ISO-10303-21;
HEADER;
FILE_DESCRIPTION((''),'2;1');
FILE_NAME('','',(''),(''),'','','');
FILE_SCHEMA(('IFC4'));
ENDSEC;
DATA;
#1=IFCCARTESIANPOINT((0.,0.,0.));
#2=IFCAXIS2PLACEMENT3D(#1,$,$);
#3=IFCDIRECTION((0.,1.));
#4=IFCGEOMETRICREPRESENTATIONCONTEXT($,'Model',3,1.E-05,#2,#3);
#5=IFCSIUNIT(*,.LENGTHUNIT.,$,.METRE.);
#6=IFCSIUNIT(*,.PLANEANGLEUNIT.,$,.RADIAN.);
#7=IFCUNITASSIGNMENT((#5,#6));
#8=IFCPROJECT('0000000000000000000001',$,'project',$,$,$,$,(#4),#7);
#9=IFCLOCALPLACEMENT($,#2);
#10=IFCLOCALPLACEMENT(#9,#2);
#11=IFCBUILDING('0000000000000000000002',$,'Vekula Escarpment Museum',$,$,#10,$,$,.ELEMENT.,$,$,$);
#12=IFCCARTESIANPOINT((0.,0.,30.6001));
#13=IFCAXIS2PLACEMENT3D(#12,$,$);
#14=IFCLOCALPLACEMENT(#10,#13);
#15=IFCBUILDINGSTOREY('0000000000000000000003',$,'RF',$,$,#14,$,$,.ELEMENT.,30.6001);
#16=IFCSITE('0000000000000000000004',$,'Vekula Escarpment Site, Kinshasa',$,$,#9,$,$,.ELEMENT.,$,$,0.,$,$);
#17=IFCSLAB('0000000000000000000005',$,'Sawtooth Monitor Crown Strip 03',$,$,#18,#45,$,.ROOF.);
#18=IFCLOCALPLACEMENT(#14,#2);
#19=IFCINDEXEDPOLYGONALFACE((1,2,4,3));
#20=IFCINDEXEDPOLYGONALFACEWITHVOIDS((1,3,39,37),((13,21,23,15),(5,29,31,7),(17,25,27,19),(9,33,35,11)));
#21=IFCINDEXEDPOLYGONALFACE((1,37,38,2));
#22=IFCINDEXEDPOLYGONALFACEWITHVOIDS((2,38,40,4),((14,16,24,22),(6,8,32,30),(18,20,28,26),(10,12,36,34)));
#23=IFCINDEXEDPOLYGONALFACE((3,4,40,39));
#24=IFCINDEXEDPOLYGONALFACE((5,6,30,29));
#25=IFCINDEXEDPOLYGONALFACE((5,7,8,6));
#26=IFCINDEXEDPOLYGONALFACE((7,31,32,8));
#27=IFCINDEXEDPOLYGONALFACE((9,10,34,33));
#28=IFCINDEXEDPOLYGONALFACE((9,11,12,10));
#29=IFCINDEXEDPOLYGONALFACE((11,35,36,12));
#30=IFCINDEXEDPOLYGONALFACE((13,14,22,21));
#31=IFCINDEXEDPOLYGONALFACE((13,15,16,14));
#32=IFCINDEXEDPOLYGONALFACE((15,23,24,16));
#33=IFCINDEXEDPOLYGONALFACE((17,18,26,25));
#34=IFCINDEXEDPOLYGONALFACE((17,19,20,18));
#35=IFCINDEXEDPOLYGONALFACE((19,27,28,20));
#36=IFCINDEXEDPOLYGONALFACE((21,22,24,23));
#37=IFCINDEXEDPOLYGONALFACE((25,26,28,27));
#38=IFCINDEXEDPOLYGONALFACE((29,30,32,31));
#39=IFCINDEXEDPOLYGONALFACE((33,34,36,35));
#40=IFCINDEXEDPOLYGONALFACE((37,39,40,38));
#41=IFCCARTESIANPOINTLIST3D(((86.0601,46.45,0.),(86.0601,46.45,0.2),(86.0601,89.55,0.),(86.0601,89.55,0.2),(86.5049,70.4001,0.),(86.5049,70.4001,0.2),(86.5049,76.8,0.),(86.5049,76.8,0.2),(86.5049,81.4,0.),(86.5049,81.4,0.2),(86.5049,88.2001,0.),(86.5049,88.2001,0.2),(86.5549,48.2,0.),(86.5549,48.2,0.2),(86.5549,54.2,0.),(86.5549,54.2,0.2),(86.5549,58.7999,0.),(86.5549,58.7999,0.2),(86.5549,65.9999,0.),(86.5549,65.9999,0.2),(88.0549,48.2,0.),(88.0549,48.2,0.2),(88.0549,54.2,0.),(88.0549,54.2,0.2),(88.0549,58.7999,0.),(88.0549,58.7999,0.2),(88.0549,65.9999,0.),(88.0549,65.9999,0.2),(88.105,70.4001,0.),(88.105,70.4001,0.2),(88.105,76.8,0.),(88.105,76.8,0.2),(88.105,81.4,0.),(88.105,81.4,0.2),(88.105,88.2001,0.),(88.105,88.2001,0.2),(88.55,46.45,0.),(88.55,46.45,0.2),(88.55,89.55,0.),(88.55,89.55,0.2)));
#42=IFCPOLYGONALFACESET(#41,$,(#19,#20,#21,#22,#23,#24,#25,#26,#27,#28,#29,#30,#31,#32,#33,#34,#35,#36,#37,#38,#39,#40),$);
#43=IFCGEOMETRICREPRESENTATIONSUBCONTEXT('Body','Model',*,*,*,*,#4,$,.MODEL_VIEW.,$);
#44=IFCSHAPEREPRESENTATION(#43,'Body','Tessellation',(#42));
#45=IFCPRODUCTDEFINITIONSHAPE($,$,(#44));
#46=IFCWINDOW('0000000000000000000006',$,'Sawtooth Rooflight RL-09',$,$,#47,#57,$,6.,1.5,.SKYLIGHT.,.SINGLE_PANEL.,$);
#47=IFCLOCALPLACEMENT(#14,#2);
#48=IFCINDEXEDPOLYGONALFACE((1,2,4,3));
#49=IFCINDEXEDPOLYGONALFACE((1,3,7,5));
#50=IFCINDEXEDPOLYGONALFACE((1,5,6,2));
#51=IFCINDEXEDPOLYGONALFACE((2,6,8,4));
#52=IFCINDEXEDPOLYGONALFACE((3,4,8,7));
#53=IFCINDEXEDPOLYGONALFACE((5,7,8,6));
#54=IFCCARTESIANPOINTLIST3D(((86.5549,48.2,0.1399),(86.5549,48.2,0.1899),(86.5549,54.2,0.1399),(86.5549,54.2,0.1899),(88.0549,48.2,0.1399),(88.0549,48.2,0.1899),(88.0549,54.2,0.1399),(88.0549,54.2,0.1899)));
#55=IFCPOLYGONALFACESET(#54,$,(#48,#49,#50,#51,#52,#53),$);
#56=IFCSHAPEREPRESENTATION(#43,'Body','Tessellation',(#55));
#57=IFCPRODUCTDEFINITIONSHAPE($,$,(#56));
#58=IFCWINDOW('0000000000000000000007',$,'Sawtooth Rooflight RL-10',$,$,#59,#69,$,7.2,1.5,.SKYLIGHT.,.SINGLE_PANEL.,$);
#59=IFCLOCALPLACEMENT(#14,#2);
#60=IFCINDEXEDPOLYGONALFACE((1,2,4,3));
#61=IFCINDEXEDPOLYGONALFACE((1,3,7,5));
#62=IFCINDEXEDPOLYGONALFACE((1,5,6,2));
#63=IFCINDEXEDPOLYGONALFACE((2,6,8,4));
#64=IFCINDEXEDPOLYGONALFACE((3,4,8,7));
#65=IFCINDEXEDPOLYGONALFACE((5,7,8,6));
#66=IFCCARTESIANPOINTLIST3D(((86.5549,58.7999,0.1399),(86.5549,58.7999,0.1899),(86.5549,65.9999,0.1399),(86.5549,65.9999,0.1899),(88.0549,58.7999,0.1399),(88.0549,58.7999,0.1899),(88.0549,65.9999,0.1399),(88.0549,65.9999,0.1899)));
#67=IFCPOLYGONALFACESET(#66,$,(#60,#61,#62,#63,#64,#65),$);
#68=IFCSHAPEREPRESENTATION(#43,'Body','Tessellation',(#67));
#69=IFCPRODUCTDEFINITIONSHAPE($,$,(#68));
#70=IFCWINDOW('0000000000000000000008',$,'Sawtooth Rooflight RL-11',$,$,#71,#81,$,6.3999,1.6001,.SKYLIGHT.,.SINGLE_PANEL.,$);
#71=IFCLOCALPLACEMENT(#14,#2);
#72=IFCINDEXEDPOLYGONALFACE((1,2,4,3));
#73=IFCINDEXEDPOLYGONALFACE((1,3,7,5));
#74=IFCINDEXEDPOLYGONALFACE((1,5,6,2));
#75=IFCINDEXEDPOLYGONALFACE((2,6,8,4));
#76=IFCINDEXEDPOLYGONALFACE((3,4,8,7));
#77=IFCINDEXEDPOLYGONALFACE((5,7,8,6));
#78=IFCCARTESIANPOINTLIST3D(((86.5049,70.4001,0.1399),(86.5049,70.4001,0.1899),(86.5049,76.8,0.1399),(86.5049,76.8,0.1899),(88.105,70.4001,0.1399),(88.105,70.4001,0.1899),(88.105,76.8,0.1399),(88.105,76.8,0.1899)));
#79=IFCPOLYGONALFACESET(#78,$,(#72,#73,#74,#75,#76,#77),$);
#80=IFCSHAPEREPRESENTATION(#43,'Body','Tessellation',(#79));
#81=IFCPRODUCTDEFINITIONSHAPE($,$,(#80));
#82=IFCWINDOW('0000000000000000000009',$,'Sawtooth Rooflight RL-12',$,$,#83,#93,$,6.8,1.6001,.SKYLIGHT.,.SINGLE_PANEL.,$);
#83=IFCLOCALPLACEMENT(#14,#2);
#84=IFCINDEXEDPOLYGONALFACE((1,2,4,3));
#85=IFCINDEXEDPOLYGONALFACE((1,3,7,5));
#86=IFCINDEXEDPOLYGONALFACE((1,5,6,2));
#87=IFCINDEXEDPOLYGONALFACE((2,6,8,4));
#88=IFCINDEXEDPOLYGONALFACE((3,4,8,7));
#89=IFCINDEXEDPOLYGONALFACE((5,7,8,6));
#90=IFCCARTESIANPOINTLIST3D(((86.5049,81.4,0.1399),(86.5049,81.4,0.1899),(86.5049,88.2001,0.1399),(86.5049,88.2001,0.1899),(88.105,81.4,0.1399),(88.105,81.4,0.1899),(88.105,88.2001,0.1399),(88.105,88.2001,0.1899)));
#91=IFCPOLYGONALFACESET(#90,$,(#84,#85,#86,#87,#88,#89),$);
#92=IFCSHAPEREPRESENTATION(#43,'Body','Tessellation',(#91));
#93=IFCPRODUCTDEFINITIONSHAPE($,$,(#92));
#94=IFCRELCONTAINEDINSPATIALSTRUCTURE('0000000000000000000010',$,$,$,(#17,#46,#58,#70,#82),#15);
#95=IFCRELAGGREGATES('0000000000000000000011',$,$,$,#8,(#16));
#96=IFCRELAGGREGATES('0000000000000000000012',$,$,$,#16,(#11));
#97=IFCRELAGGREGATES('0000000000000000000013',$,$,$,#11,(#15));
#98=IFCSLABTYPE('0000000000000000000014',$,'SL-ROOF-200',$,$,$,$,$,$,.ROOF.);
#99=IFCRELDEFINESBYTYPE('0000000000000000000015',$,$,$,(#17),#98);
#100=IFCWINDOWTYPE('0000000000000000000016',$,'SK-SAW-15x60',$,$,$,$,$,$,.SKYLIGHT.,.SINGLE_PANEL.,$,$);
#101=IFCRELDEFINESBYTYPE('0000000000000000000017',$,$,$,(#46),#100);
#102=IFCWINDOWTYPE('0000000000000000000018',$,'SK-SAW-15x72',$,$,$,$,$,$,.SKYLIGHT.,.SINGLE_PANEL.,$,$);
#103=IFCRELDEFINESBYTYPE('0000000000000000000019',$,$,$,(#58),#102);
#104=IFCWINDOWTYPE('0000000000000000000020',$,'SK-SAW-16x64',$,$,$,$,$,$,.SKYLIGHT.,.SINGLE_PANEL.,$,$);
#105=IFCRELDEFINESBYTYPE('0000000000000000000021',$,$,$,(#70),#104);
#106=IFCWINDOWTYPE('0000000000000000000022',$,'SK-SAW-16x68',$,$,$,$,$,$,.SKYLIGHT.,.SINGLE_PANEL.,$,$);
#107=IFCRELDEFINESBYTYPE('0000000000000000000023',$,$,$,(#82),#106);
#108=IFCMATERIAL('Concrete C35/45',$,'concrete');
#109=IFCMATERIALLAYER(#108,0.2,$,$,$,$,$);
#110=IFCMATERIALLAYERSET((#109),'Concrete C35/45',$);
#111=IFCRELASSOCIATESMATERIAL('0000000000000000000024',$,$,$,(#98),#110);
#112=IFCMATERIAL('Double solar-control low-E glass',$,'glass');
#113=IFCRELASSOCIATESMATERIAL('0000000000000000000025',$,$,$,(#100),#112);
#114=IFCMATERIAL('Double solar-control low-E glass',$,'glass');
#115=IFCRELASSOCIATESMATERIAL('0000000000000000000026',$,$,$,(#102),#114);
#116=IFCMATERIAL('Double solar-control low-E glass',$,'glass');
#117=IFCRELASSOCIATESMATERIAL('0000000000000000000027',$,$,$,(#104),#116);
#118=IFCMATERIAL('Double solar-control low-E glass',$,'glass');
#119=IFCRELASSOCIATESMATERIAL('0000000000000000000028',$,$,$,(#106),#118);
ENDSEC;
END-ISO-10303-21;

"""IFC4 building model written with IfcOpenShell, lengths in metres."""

from ifc_helpers import new_model, si_unit, direction, frame, origin, origin_2d, place, context, subcontext, project, spatial, polyline, rectangle, outline, extrude, material, layer, layer_set, type_object, element, fill, save


model = new_model("IFC4")

# Units and contexts
model_context = context("Model", 3, precision=1e-05, world=origin(), true_north=direction((0.0, 1.0)))
body_context = subcontext(model_context, "Body", "Model", "MODEL_VIEW")
ifc_project = project(units=[si_unit("LENGTHUNIT", "METRE"), si_unit("PLANEANGLEUNIT", "RADIAN")], contexts=[model_context])

# Site, building, storey
site_placement = place(None, origin())
site = spatial("IfcSite", under=ifc_project, at=site_placement, Name="Vekula Escarpment Site, Kinshasa", CompositionType="ELEMENT", RefElevation=0.0)
building_placement = place(site_placement, origin())
building = spatial("IfcBuilding", under=site, at=building_placement, Name="Vekula Escarpment Museum", CompositionType="ELEMENT")
storey_placement = place(building_placement, frame((0.0, 0.0, 30.6001)))
storey = spatial("IfcBuildingStorey", under=building, at=storey_placement, Name="RF", CompositionType="ELEMENT", Elevation=30.6001)

# Slab, openings, windows
ifc_material_1 = material(Name="Concrete C35/45", Category="concrete")
ifc_layer = layer(ifc_material_1, 0.2)
ifc_layer_set = layer_set([ifc_layer], Name="Concrete C35/45")
slab_type = type_object("IfcSlabType", Name="SL-ROOF-200", PredefinedType="ROOF", material=ifc_layer_set)
ifc_material_2 = material(Name="Double solar-control low-E glass", Category="glass")
window_type_1 = type_object("IfcWindowType", Name="SK-SAW-15x60", PartitioningType="SINGLE_PANEL", PredefinedType="SKYLIGHT", material=ifc_material_2)
ifc_material_3 = material(Name="Double solar-control low-E glass", Category="glass")
window_type_2 = type_object("IfcWindowType", Name="SK-SAW-15x72", PartitioningType="SINGLE_PANEL", PredefinedType="SKYLIGHT", material=ifc_material_3)
ifc_material_4 = material(Name="Double solar-control low-E glass", Category="glass")
window_type_3 = type_object("IfcWindowType", Name="SK-SAW-16x64", PartitioningType="SINGLE_PANEL", PredefinedType="SKYLIGHT", material=ifc_material_4)
ifc_material_5 = material(Name="Double solar-control low-E glass", Category="glass")
window_type_4 = type_object("IfcWindowType", Name="SK-SAW-16x68", PartitioningType="SINGLE_PANEL", PredefinedType="SKYLIGHT", material=ifc_material_5)
slab_1_placement = place(storey_placement, origin())
slab_1 = element("IfcSlab", 1, at=slab_1_placement, inside=storey, type_object=slab_type, Name="Sawtooth Monitor Crown Strip 03", PredefinedType="ROOF", context=body_context, shape_type="SweptSolid", body=[
    extrude(outline(polyline([(86.0601, 46.45), (88.55, 46.45), (88.55, 89.55), (86.0601, 89.55), (86.0601, 46.45)])), origin(), (0.0, 0.0, 1.0), 0.2),
])
opening_1_placement = place(slab_1_placement, frame((87.3049, 51.2, -0.01)))
opening_1 = element("IfcOpeningElement", 2, at=opening_1_placement, cuts=slab_1, PredefinedType="OPENING", context=body_context, shape_type="SweptSolid", body=[
    extrude(rectangle(XDim=1.5, YDim=6.0, at=origin_2d()), origin(), (0.0, 0.0, 1.0), 0.22),
])
opening_2_placement = place(slab_1_placement, frame((87.3049, 62.3999, -0.01)))
opening_2 = element("IfcOpeningElement", 3, at=opening_2_placement, cuts=slab_1, PredefinedType="OPENING", context=body_context, shape_type="SweptSolid", body=[
    extrude(rectangle(XDim=1.5, YDim=7.2, at=origin_2d()), origin(), (0.0, 0.0, 1.0), 0.22),
])
opening_3_placement = place(slab_1_placement, frame((87.3049, 73.6001, -0.01)))
opening_3 = element("IfcOpeningElement", 4, at=opening_3_placement, cuts=slab_1, PredefinedType="OPENING", context=body_context, shape_type="SweptSolid", body=[
    extrude(rectangle(XDim=1.6001, YDim=6.3999, at=origin_2d()), origin(), (0.0, 0.0, 1.0), 0.22),
])
opening_4_placement = place(slab_1_placement, frame((87.3049, 84.8, -0.01)))
opening_4 = element("IfcOpeningElement", 5, at=opening_4_placement, cuts=slab_1, PredefinedType="OPENING", context=body_context, shape_type="SweptSolid", body=[
    extrude(rectangle(XDim=1.6001, YDim=6.8, at=origin_2d()), origin(), (0.0, 0.0, 1.0), 0.22),
])
window_1_placement = place(opening_1_placement, frame((0.0, 0.0, 0.1499)))
window_1 = element("IfcWindow", 6, at=window_1_placement, inside=storey, type_object=window_type_1, Name="Sawtooth Rooflight RL-09", OverallHeight=6.0, OverallWidth=1.5, PartitioningType="SINGLE_PANEL", PredefinedType="SKYLIGHT", context=body_context, shape_type="SweptSolid", body=[
    extrude(rectangle(XDim=1.5, YDim=6.0, at=origin_2d()), origin(), (0.0, 0.0, 1.0), 0.05),
])
fill(opening_1, window_1)
window_2_placement = place(opening_2_placement, frame((0.0, 0.0, 0.1499)))
window_2 = element("IfcWindow", 7, at=window_2_placement, inside=storey, type_object=window_type_2, Name="Sawtooth Rooflight RL-10", OverallHeight=7.2, OverallWidth=1.5, PartitioningType="SINGLE_PANEL", PredefinedType="SKYLIGHT", context=body_context, shape_type="SweptSolid", body=[
    extrude(rectangle(XDim=1.5, YDim=7.2, at=origin_2d()), origin(), (0.0, 0.0, 1.0), 0.05),
])
fill(opening_2, window_2)
window_3_placement = place(opening_3_placement, frame((0.0, 0.0, 0.1499)))
window_3 = element("IfcWindow", 8, at=window_3_placement, inside=storey, type_object=window_type_3, Name="Sawtooth Rooflight RL-11", OverallHeight=6.3999, OverallWidth=1.6001, PartitioningType="SINGLE_PANEL", PredefinedType="SKYLIGHT", context=body_context, shape_type="SweptSolid", body=[
    extrude(rectangle(XDim=1.6001, YDim=6.3999, at=origin_2d()), origin(), (0.0, 0.0, 1.0), 0.05),
])
fill(opening_3, window_3)
window_4_placement = place(opening_4_placement, frame((0.0, 0.0, 0.1499)))
window_4 = element("IfcWindow", 9, at=window_4_placement, inside=storey, type_object=window_type_4, Name="Sawtooth Rooflight RL-12", OverallHeight=6.8, OverallWidth=1.6001, PartitioningType="SINGLE_PANEL", PredefinedType="SKYLIGHT", context=body_context, shape_type="SweptSolid", body=[
    extrude(rectangle(XDim=1.6001, YDim=6.8, at=origin_2d()), origin(), (0.0, 0.0, 1.0), 0.05),
])
fill(opening_4, window_4)

save(model, "model.ifc")
